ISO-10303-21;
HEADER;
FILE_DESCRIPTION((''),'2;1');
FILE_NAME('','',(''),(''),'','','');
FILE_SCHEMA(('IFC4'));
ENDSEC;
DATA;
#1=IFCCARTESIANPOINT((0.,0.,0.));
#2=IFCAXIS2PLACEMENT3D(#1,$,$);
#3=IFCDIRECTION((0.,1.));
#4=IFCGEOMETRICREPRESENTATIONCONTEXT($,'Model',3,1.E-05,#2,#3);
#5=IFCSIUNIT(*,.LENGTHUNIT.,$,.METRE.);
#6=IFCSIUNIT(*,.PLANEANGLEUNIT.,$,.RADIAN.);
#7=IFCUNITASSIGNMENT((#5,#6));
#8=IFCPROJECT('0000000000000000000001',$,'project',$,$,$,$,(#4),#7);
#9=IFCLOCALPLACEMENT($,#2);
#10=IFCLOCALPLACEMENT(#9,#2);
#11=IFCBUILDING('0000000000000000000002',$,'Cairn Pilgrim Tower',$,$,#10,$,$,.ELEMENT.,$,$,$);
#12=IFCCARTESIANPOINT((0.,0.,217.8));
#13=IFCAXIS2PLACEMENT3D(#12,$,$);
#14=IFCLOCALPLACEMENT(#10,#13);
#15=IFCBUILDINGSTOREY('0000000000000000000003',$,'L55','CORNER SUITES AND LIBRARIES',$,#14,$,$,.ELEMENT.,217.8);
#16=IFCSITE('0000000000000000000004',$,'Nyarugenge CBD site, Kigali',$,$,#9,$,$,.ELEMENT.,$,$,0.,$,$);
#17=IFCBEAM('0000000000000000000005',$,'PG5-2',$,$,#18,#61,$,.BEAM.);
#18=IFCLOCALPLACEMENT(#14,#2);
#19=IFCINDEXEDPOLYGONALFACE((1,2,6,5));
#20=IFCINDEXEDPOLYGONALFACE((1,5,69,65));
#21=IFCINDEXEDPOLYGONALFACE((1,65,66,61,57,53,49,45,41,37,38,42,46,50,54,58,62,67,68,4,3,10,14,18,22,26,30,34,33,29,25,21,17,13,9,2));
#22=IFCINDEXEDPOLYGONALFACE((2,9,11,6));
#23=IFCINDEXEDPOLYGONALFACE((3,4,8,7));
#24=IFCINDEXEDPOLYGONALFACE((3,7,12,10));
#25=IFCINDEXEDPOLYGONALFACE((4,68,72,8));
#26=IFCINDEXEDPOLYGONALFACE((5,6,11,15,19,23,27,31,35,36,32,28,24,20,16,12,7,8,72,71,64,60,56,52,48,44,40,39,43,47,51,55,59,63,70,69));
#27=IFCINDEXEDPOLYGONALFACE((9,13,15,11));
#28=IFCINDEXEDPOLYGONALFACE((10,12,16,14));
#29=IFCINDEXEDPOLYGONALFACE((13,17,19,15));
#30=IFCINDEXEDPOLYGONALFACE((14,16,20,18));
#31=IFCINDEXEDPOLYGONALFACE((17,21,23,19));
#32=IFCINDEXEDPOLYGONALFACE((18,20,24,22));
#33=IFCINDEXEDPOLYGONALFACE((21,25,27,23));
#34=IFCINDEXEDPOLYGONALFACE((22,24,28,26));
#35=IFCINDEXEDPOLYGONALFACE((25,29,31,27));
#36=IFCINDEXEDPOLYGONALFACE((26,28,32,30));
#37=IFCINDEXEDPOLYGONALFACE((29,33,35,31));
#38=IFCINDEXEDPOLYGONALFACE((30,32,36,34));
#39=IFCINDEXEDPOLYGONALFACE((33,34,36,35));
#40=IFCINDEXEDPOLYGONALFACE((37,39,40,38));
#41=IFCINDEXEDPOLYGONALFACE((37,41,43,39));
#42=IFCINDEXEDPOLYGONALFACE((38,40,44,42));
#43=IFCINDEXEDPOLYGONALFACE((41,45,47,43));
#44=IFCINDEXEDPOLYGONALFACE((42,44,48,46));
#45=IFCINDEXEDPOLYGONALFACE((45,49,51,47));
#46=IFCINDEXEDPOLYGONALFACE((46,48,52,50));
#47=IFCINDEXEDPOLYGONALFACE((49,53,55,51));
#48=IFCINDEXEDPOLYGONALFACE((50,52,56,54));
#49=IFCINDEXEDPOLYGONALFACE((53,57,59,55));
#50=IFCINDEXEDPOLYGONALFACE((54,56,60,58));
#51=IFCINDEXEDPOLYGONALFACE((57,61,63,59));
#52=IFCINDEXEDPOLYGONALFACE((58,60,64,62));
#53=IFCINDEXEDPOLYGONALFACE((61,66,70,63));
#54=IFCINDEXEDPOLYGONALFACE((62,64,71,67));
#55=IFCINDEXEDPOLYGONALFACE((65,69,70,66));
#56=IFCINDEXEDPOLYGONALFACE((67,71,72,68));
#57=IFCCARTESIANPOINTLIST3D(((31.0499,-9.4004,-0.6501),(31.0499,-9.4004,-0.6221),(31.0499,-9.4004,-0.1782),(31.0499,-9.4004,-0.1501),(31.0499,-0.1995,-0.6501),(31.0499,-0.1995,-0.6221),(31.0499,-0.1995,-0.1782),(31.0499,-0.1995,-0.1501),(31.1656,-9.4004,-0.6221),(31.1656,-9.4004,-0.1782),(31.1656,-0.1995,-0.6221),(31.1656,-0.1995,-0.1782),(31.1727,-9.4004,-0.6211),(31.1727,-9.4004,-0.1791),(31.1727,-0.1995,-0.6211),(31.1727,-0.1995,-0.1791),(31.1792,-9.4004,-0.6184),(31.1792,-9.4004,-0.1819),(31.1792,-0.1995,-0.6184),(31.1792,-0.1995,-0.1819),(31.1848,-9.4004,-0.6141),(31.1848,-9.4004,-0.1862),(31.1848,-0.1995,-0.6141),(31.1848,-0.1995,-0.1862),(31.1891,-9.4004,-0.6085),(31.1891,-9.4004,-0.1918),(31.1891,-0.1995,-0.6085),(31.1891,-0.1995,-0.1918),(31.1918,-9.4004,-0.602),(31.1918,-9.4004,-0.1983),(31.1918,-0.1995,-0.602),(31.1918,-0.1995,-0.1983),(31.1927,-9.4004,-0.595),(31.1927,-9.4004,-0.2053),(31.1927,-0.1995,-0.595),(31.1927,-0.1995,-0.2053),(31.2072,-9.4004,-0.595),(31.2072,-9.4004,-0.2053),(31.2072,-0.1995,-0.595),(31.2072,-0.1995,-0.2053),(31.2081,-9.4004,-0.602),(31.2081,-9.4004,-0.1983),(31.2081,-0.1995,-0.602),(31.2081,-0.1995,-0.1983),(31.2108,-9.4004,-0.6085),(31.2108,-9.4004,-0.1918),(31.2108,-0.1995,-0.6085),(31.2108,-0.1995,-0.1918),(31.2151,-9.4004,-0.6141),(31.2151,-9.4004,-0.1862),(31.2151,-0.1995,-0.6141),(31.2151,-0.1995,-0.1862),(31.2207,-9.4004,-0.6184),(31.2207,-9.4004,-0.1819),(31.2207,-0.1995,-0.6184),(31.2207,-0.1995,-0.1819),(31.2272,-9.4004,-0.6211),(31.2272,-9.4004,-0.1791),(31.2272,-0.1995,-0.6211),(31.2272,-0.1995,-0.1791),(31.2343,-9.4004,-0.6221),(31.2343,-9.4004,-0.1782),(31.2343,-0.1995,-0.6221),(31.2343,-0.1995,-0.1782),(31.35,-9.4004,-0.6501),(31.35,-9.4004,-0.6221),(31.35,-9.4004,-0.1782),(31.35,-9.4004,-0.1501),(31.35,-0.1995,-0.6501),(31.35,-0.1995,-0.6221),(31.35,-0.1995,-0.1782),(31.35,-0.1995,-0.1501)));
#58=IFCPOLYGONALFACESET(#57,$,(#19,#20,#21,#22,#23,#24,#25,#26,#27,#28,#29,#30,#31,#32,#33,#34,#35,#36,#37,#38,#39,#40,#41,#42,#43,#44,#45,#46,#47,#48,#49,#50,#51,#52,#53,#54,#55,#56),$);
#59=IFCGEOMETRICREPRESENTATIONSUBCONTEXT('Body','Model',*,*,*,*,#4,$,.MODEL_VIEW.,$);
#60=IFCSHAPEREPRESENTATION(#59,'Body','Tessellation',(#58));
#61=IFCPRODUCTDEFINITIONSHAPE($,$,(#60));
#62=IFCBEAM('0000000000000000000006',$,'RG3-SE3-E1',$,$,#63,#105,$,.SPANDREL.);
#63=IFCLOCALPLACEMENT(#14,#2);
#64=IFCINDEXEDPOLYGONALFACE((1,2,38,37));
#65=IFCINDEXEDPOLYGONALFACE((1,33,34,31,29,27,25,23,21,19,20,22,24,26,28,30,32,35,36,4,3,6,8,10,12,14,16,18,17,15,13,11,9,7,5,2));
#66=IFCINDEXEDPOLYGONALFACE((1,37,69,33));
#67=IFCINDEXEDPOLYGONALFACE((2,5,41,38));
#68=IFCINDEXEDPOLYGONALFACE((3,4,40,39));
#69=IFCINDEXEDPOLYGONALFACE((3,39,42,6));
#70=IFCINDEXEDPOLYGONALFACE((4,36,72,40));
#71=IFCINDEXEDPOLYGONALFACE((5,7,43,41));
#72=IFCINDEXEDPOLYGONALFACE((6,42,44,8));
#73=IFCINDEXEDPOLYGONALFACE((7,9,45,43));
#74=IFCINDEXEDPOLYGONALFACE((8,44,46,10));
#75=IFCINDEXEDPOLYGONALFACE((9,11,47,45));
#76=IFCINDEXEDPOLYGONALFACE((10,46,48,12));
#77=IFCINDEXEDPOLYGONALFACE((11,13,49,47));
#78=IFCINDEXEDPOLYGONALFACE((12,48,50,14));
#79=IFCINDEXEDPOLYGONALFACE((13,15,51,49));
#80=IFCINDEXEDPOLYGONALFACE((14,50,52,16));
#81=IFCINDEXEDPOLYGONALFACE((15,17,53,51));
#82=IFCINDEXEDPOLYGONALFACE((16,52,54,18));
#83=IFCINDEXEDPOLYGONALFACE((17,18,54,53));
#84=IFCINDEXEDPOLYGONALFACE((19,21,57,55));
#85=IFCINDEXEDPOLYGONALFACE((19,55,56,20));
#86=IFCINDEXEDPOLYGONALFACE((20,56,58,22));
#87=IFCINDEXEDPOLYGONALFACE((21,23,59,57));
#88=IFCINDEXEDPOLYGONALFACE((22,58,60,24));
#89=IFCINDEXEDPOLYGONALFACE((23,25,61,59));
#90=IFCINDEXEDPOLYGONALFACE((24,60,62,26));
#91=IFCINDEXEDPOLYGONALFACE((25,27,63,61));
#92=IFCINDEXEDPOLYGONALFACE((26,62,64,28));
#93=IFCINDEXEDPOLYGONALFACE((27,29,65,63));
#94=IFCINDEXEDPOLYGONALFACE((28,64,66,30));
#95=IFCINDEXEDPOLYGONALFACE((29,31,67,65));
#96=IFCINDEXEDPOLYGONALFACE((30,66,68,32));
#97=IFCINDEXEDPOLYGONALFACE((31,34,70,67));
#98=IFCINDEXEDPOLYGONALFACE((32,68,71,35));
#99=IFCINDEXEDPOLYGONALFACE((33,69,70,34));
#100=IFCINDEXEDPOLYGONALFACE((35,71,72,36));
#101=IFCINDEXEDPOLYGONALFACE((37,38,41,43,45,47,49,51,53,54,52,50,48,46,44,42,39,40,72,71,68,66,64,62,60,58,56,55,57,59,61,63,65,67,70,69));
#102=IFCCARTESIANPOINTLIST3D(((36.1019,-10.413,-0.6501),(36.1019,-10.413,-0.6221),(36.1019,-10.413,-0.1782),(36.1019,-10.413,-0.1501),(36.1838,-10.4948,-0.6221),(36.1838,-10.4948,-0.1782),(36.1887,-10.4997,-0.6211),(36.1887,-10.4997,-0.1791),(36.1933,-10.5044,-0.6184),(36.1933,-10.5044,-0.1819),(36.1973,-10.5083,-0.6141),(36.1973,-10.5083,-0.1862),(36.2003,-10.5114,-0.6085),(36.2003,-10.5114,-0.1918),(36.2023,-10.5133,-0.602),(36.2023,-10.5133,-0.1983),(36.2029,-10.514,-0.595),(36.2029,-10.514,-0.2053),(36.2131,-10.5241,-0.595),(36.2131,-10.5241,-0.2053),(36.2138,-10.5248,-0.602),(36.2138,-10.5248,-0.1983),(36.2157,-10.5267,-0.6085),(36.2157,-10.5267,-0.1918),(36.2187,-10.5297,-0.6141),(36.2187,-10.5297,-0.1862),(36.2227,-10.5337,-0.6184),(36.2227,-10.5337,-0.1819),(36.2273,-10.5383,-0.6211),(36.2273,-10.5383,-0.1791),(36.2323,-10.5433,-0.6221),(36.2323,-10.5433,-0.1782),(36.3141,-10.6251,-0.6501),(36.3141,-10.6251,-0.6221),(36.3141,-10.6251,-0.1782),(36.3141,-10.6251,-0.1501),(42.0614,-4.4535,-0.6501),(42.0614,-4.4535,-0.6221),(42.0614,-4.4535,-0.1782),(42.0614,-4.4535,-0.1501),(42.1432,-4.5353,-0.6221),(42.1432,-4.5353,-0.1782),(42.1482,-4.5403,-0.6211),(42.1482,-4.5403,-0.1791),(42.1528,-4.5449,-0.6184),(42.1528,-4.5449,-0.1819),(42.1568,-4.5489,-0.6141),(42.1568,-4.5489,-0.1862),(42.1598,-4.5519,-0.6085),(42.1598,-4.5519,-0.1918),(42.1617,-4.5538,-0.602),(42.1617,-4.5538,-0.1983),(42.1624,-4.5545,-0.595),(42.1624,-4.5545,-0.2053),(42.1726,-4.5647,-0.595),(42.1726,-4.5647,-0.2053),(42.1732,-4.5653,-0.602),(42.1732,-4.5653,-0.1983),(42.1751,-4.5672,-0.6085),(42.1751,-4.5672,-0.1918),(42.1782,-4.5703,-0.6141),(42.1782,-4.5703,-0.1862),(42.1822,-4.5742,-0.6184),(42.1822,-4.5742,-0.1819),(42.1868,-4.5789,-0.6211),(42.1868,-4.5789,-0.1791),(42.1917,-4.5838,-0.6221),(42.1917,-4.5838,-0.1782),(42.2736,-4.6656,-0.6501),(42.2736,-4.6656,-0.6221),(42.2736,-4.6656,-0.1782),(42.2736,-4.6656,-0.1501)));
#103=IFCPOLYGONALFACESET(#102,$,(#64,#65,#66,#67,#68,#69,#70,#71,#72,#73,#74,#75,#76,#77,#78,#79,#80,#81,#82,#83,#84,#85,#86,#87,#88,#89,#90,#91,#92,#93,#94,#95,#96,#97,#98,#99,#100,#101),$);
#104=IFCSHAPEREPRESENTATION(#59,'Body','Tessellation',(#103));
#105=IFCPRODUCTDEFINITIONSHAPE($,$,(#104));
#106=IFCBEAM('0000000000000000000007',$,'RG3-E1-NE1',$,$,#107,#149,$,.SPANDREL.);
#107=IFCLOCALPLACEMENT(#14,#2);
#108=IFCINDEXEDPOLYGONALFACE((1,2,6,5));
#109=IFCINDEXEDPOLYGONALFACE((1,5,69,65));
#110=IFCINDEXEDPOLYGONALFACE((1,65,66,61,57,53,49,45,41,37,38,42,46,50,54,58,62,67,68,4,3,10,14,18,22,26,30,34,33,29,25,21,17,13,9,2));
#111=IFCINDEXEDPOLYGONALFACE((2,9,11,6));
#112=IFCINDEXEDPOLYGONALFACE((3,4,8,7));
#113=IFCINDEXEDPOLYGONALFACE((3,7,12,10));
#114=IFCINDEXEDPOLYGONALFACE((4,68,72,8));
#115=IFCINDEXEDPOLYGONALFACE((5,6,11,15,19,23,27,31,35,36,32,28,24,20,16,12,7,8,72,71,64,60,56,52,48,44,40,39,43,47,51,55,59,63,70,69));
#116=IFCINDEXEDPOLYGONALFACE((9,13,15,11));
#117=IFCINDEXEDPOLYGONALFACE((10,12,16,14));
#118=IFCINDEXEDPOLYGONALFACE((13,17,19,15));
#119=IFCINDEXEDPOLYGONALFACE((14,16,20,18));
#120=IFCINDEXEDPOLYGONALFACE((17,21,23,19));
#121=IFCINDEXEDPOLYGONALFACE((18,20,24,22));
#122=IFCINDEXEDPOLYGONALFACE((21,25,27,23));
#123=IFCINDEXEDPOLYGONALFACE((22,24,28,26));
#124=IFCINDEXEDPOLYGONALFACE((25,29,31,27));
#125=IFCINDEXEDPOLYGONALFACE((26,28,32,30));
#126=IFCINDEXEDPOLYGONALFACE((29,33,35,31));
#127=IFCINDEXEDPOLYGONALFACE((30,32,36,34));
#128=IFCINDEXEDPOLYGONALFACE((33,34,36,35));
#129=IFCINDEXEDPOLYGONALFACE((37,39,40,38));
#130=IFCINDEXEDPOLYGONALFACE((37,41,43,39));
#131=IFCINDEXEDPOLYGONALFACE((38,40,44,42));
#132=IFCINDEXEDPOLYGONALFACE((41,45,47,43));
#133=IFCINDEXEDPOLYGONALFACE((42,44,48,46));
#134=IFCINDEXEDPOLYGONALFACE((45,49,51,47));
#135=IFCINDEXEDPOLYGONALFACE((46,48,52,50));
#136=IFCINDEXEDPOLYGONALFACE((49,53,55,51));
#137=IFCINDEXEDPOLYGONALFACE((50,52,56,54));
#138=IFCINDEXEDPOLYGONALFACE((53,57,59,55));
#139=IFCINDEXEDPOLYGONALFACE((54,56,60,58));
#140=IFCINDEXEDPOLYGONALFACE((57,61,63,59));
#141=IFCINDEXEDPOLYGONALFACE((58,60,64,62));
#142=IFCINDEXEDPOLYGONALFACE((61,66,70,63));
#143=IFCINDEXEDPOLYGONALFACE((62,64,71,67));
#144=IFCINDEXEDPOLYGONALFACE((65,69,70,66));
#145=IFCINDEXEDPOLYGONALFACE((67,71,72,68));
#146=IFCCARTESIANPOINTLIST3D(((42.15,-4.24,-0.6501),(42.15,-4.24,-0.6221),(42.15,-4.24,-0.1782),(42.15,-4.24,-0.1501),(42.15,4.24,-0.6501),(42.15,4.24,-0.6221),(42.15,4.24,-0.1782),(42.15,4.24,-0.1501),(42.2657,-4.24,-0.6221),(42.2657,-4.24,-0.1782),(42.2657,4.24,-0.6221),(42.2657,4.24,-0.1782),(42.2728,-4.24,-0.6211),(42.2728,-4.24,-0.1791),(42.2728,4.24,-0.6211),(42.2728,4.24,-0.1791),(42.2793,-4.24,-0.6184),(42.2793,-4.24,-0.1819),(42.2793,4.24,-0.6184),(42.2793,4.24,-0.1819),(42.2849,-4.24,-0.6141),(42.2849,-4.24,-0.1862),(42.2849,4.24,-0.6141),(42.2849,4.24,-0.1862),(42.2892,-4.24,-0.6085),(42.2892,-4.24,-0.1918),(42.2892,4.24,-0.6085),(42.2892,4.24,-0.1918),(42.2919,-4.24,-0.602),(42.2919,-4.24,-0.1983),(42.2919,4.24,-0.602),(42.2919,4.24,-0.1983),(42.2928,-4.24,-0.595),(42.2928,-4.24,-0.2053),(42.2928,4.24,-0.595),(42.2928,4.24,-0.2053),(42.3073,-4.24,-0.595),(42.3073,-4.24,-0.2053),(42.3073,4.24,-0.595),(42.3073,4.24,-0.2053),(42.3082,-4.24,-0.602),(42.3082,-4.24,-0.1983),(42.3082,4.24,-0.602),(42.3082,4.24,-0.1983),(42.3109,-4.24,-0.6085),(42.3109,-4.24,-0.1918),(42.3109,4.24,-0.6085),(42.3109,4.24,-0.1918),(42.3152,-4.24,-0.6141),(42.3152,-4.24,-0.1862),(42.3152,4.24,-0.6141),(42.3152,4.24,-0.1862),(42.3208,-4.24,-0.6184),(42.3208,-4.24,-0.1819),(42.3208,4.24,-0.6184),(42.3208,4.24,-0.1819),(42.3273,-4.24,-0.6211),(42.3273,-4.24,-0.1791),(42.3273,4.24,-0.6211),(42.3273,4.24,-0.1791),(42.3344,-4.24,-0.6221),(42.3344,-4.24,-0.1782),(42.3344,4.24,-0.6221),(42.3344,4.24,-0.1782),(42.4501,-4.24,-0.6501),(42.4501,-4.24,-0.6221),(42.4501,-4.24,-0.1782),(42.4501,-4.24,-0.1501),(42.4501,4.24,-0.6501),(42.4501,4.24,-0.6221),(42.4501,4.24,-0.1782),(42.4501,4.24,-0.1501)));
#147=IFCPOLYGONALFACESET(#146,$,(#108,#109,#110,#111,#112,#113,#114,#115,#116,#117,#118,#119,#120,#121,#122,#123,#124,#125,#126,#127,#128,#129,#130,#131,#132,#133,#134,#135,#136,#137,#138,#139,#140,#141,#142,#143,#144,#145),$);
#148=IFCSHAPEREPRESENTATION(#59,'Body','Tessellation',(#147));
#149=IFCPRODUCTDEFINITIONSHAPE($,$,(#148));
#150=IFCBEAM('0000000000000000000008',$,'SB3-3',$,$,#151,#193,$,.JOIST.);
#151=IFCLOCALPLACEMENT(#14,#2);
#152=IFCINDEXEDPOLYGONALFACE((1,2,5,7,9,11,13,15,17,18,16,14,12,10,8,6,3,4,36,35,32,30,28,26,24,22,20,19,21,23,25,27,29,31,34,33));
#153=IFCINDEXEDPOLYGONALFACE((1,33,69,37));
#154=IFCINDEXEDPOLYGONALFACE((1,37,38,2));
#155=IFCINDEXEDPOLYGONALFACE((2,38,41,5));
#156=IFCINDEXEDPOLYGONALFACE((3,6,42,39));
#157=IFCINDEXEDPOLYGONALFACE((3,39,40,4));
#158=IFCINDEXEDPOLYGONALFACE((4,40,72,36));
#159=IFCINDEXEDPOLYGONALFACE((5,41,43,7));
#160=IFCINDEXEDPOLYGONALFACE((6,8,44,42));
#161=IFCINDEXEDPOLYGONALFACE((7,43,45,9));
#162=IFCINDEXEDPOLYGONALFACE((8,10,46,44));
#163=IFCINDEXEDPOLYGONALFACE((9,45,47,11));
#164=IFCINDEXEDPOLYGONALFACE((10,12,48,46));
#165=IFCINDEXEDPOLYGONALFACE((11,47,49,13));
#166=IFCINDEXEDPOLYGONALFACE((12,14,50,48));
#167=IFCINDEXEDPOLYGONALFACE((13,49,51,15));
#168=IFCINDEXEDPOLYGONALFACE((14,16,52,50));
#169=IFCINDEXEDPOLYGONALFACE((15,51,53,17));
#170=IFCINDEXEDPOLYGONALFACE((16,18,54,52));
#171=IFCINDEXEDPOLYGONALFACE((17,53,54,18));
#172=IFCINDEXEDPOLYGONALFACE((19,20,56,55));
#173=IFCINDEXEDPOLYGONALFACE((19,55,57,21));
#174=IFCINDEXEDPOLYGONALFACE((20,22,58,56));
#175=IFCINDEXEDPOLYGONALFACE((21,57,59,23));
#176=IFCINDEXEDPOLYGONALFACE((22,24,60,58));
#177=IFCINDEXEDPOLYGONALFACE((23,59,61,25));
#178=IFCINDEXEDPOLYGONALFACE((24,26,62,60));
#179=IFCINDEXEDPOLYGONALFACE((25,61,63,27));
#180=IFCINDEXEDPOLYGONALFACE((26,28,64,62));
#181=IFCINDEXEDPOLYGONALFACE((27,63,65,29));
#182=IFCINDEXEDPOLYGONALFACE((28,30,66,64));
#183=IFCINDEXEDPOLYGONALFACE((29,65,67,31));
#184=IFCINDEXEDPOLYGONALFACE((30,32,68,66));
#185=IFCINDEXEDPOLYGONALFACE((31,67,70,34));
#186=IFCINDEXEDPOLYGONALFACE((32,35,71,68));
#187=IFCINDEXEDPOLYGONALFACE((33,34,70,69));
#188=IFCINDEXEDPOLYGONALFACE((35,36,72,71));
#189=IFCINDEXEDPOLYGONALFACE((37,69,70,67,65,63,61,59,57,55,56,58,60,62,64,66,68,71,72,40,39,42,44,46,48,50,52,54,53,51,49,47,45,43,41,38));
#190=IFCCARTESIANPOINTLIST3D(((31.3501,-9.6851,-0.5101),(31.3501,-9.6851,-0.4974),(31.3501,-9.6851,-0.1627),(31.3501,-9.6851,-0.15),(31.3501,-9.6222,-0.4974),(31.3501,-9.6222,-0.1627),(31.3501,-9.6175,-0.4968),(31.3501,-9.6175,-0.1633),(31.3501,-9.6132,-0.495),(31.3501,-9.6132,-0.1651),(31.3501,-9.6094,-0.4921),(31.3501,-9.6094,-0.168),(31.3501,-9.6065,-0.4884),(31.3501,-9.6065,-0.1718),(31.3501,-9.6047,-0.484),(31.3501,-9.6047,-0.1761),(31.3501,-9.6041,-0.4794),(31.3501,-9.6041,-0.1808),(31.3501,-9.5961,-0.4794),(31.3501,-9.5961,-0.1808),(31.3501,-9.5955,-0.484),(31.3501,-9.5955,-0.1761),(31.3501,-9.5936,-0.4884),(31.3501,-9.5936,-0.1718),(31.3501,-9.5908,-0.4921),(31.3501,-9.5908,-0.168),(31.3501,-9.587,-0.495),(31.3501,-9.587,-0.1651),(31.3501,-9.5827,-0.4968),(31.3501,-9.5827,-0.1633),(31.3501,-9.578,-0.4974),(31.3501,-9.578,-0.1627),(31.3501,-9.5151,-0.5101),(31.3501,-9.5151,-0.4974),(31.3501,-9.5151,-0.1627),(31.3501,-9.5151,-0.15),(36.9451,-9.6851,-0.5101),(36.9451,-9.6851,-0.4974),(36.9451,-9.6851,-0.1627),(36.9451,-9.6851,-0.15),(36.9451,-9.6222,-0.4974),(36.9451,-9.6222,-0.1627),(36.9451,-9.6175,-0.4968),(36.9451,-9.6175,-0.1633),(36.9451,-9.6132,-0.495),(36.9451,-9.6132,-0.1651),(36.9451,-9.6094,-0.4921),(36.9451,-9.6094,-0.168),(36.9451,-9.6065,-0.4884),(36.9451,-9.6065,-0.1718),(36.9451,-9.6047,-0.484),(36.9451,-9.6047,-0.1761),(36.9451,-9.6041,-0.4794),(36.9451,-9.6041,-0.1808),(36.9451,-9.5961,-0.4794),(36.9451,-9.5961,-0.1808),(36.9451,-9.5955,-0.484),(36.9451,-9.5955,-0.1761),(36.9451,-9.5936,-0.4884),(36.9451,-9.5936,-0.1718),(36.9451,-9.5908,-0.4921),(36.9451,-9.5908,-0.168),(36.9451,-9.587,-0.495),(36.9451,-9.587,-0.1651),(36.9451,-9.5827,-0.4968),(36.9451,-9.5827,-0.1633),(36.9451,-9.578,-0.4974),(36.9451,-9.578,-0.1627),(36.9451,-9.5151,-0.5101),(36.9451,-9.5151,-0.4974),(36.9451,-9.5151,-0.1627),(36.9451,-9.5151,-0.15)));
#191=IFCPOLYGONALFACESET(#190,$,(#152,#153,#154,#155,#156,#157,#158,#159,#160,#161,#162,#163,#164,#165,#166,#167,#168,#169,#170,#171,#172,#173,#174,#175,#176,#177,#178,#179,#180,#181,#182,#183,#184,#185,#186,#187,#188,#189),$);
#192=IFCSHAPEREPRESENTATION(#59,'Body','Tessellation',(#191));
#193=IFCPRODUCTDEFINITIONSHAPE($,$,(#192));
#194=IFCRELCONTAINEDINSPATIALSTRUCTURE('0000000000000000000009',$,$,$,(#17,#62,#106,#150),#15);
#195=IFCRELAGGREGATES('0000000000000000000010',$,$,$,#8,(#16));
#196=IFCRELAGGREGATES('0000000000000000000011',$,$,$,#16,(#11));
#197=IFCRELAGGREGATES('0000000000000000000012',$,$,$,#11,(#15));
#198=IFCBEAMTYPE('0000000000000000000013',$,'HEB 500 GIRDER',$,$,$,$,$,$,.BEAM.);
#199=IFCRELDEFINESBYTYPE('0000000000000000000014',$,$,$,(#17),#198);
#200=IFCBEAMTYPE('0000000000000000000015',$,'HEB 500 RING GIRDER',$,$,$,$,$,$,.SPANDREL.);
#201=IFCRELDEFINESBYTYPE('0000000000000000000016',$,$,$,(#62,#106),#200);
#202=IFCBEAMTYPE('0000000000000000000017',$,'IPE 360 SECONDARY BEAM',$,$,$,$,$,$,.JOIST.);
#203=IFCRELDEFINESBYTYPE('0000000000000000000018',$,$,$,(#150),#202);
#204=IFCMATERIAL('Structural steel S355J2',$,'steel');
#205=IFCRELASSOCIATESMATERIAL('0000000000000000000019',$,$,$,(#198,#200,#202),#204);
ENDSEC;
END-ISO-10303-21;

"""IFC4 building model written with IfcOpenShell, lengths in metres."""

from ifc_helpers import new_model, si_unit, direction, frame, origin, origin_2d, place, context, subcontext, project, spatial, i_section, extrude, material, material_profile, profile_set, type_object, element, save


model = new_model("IFC4")

# Units and contexts
model_context = context("Model", 3, precision=1e-05, world=origin(), true_north=direction((0.0, 1.0)))
body_context = subcontext(model_context, "Body", "Model", "MODEL_VIEW")
ifc_project = project(units=[si_unit("LENGTHUNIT", "METRE"), si_unit("PLANEANGLEUNIT", "RADIAN")], contexts=[model_context])

# Site, building, storey
site_placement = place(None, origin())
site = spatial("IfcSite", under=ifc_project, at=site_placement, Name="Nyarugenge CBD site, Kigali", CompositionType="ELEMENT", RefElevation=0.0)
building_placement = place(site_placement, origin())
building = spatial("IfcBuilding", under=site, at=building_placement, Name="Cairn Pilgrim Tower", CompositionType="ELEMENT")
storey_placement = place(building_placement, frame((0.0, 0.0, 217.8)))
storey = spatial("IfcBuildingStorey", under=building, at=storey_placement, Name="L55", Description="CORNER SUITES AND LIBRARIES", CompositionType="ELEMENT", Elevation=217.8)

# Shared definitions
ifc_material_1 = material(Name="Structural steel S355J2", Category="steel")

# Beams
ifc_material_profile_1 = material_profile(ifc_material_1, i_section(OverallWidth=0.3, OverallDepth=0.5, WebThickness=0.0144, FlangeThickness=0.0281, FilletRadius=0.0271, at=origin_2d()), Name="HEB 500")
ifc_profile_set_1 = profile_set([ifc_material_profile_1], Name="Structural steel S355J2")
beam_type_1 = type_object("IfcBeamType", Name="HEB 500 GIRDER", PredefinedType="BEAM", material=ifc_profile_set_1)
beam_1_placement = place(storey_placement, frame((31.2, -9.4004, -0.4001), z_axis=(0.0, 1.0, 0.0), x_axis=(-1.0, 0.0, 0.0)))
element("IfcBeam", 1, at=beam_1_placement, inside=storey, type_object=beam_type_1, Name="PG5-2", PredefinedType="BEAM", context=body_context, shape_type="SweptSolid", body=[
    extrude(i_section(OverallWidth=0.3, OverallDepth=0.5, WebThickness=0.0144, FlangeThickness=0.0281, FilletRadius=0.0271, at=origin_2d()), origin(), (0.0, 0.0, 1.0), 9.2009),
])
ifc_material_profile_2 = material_profile(ifc_material_1, i_section(OverallWidth=0.3, OverallDepth=0.5, WebThickness=0.0144, FlangeThickness=0.0281, FilletRadius=0.0271, at=origin_2d()), Name="HEB 500")
ifc_profile_set_2 = profile_set([ifc_material_profile_2], Name="Structural steel S355J2")
beam_type_2 = type_object("IfcBeamType", Name="HEB 500 RING GIRDER", PredefinedType="SPANDREL", material=ifc_profile_set_2)
beam_2_placement = place(storey_placement, frame((36.208, -10.519, -0.4001), z_axis=(0.707107, 0.707107, 0.0), x_axis=(-0.707107, 0.707107, 0.0)))
element("IfcBeam", 2, at=beam_2_placement, inside=storey, type_object=beam_type_2, Name="RG3-SE3-E1", PredefinedType="SPANDREL", context=body_context, shape_type="SweptSolid", body=[
    extrude(i_section(OverallWidth=0.3, OverallDepth=0.5, WebThickness=0.0144, FlangeThickness=0.0281, FilletRadius=0.0271, at=origin_2d()), origin(), (0.0, 0.0, 1.0), 8.428),
])
beam_3_placement = place(storey_placement, frame((42.3, -4.24, -0.4001), z_axis=(0.0, 1.0, 0.0), x_axis=(-1.0, 0.0, 0.0)))
element("IfcBeam", 3, at=beam_3_placement, inside=storey, type_object=beam_type_2, Name="RG3-E1-NE1", PredefinedType="SPANDREL", context=body_context, shape_type="SweptSolid", body=[
    extrude(i_section(OverallWidth=0.3, OverallDepth=0.5, WebThickness=0.0144, FlangeThickness=0.0281, FilletRadius=0.0271, at=origin_2d()), origin(), (0.0, 0.0, 1.0), 8.48),
])
ifc_material_profile_3 = material_profile(ifc_material_1, i_section(OverallWidth=0.1699, OverallDepth=0.3601, WebThickness=0.0081, FlangeThickness=0.0127, FilletRadius=0.0181, at=origin_2d()), Name="IPE 360")
ifc_profile_set_3 = profile_set([ifc_material_profile_3], Name="Structural steel S355J2")
beam_type_3 = type_object("IfcBeamType", Name="IPE 360 SECONDARY BEAM", PredefinedType="JOIST", material=ifc_profile_set_3)
beam_4_placement = place(storey_placement, frame((31.3501, -9.6001, -0.3301), z_axis=(1.0, 0.0, 0.0), x_axis=(0.0, 1.0, 0.0)))
element("IfcBeam", 4, at=beam_4_placement, inside=storey, type_object=beam_type_3, Name="SB3-3", PredefinedType="JOIST", context=body_context, shape_type="SweptSolid", body=[
    extrude(i_section(OverallWidth=0.1699, OverallDepth=0.3601, WebThickness=0.0081, FlangeThickness=0.0127, FilletRadius=0.0181, at=origin_2d()), origin(), (0.0, 0.0, 1.0), 5.595),
])

save(model, "model.ifc")
